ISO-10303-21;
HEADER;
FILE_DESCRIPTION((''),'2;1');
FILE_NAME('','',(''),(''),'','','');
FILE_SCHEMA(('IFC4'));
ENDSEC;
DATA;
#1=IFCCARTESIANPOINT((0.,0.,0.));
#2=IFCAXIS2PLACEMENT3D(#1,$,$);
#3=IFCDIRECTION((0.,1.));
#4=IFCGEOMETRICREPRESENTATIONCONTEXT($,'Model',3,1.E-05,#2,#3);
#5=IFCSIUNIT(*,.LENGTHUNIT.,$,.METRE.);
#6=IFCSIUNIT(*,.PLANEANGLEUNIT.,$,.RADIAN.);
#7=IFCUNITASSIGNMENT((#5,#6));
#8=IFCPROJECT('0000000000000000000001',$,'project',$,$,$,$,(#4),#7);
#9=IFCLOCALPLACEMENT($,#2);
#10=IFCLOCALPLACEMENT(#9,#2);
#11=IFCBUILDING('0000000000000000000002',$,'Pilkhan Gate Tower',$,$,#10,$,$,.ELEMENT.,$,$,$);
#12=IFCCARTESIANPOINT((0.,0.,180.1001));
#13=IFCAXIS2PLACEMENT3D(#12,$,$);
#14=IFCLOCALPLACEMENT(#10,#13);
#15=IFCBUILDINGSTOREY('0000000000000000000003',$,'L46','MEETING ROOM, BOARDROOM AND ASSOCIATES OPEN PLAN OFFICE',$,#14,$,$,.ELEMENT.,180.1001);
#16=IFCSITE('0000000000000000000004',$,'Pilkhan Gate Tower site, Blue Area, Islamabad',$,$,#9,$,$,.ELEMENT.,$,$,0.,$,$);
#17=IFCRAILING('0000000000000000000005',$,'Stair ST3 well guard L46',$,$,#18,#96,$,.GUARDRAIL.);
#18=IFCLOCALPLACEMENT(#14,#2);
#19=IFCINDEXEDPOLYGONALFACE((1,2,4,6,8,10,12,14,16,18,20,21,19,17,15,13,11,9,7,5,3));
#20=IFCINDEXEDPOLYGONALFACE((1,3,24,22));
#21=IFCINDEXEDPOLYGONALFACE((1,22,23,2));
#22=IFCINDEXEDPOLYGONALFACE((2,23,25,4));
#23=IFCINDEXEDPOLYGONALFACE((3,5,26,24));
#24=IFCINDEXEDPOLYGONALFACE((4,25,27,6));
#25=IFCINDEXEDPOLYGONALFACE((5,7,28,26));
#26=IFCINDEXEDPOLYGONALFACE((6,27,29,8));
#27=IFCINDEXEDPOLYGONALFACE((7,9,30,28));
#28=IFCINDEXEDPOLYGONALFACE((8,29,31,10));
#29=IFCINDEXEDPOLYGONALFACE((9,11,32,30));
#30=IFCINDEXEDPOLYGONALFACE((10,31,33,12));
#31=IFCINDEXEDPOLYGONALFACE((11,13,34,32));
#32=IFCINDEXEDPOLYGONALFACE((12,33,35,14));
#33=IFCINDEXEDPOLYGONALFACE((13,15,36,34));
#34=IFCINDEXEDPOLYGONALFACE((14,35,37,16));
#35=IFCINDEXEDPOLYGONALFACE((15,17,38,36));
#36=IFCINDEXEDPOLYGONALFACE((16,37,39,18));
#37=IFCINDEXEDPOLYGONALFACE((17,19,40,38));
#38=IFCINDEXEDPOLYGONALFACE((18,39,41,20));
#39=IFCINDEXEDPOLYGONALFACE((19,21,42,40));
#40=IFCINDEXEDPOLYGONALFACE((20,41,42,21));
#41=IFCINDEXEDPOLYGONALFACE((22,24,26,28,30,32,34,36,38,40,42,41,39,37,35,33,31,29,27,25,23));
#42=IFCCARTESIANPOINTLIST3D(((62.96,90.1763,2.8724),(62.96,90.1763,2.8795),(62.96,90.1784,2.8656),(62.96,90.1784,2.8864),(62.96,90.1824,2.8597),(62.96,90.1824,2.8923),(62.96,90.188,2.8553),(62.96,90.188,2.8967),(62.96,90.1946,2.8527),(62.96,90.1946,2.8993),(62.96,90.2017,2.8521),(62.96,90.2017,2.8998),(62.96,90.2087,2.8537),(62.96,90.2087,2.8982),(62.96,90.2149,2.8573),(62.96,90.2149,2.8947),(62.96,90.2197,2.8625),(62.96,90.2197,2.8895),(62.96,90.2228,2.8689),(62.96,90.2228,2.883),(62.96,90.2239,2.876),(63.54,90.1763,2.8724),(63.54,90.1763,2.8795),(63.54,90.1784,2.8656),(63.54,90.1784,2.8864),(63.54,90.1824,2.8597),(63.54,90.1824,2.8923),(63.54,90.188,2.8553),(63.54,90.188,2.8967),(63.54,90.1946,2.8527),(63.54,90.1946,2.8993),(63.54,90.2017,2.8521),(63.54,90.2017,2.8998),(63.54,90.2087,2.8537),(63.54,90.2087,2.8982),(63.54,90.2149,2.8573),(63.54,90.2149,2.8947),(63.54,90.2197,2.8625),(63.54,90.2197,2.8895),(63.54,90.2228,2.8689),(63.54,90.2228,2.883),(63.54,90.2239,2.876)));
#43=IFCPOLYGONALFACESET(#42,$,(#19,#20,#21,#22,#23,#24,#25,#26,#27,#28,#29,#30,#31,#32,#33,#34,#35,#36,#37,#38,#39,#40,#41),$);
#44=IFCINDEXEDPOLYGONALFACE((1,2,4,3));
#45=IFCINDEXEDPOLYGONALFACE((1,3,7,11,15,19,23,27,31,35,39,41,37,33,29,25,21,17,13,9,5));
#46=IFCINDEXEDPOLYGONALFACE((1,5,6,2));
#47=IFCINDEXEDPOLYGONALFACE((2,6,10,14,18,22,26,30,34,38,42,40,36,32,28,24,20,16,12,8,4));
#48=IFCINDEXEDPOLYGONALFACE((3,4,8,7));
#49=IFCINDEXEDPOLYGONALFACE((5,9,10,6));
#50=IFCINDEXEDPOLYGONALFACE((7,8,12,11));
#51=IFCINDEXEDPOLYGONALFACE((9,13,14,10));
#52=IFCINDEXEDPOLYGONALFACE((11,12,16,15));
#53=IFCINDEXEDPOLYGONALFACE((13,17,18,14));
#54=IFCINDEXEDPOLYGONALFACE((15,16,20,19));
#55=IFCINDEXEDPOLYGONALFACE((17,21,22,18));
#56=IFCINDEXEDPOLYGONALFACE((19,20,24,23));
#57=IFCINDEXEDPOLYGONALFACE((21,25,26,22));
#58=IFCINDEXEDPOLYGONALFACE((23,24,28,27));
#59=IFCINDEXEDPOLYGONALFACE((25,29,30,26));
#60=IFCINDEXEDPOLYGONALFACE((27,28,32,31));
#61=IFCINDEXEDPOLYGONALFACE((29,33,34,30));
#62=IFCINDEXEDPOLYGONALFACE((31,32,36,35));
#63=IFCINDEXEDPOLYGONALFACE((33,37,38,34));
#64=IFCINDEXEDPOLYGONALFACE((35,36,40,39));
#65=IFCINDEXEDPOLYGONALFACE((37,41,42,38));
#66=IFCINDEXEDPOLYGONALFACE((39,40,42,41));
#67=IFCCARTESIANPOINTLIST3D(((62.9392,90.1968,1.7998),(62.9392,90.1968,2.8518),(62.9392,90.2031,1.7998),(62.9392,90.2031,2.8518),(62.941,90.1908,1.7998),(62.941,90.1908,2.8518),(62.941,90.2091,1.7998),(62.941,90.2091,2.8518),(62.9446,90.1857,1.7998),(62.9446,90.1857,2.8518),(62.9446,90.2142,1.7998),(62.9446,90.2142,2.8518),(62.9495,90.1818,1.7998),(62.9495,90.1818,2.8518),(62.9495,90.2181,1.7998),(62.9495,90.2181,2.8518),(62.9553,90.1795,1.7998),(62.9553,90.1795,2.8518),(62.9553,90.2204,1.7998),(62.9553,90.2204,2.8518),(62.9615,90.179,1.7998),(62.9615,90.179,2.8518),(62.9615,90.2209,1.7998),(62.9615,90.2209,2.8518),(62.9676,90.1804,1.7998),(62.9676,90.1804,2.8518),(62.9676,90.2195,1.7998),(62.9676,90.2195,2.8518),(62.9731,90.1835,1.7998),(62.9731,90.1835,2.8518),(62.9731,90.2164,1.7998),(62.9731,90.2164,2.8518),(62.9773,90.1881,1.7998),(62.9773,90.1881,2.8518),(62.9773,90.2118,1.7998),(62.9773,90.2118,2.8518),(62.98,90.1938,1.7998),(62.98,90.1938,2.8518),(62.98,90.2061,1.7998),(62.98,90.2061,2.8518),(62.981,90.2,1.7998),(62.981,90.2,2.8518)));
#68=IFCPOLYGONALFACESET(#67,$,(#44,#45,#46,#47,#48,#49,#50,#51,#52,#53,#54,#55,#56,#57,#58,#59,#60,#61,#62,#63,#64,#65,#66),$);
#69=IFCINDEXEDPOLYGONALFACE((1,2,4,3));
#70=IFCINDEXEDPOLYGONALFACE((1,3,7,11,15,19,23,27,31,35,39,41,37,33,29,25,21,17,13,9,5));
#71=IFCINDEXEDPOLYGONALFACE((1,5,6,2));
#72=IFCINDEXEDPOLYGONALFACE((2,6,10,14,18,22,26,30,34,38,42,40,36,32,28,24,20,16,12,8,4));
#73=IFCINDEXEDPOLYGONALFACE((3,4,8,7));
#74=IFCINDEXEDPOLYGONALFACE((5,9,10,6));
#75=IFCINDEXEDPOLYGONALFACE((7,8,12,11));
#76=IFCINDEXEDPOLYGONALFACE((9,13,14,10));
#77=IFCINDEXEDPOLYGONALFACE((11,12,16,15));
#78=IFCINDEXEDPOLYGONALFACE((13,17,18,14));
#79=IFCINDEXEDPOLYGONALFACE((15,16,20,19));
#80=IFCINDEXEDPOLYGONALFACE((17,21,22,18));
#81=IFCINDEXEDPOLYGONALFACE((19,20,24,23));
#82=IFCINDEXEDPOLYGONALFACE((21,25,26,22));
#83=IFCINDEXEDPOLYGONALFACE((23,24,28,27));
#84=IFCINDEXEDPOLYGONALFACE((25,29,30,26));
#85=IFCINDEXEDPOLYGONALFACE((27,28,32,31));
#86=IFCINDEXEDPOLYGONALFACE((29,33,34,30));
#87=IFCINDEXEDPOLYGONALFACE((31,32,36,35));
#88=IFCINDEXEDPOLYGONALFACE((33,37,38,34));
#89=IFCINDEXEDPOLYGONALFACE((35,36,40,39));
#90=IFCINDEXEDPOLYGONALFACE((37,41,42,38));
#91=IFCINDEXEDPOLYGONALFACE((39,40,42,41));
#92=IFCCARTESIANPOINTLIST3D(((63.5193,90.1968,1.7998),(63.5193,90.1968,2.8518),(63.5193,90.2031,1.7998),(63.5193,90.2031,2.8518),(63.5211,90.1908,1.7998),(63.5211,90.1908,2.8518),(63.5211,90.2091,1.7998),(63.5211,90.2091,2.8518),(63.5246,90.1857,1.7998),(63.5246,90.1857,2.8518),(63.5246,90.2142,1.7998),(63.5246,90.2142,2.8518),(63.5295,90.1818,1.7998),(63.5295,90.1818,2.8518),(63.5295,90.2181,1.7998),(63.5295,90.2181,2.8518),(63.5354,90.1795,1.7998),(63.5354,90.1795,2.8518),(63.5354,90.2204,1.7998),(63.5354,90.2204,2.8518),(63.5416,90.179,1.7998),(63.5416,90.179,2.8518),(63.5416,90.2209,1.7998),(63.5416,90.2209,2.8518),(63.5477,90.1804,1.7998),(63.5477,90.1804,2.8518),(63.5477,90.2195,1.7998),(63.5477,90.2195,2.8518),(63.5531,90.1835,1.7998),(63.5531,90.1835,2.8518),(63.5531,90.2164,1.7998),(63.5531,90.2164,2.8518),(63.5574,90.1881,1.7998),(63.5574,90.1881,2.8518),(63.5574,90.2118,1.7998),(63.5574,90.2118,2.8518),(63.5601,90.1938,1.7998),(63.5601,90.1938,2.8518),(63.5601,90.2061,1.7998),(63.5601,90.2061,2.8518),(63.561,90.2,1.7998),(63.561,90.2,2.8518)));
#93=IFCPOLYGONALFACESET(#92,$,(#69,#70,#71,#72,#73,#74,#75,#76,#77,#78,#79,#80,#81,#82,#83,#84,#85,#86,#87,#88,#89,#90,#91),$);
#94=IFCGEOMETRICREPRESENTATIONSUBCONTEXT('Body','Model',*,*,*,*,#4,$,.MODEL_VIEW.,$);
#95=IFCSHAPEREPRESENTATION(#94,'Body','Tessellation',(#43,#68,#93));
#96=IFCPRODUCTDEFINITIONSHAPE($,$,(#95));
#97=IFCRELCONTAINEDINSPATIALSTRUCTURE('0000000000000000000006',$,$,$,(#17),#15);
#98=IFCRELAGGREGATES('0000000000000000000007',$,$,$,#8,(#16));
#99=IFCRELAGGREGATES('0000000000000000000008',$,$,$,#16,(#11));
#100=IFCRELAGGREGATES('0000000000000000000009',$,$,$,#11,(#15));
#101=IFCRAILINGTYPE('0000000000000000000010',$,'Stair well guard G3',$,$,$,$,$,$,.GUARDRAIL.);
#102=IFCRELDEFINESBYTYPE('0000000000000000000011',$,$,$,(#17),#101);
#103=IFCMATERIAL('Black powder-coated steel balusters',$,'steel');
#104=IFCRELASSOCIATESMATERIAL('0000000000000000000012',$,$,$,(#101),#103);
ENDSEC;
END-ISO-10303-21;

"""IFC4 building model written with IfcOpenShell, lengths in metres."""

from ifc_helpers import new_model, si_unit, direction, frame, origin, origin_2d, place, context, subcontext, project, spatial, circle, extrude, material, type_object, element, save


model = new_model("IFC4")

# Units and contexts
model_context = context("Model", 3, precision=1e-05, world=origin(), true_north=direction((0.0, 1.0)))
body_context = subcontext(model_context, "Body", "Model", "MODEL_VIEW")
ifc_project = project(units=[si_unit("LENGTHUNIT", "METRE"), si_unit("PLANEANGLEUNIT", "RADIAN")], contexts=[model_context])

# Site, building, storey
site_placement = place(None, origin())
site = spatial("IfcSite", under=ifc_project, at=site_placement, Name="Pilkhan Gate Tower site, Blue Area, Islamabad", CompositionType="ELEMENT", RefElevation=0.0)
building_placement = place(site_placement, origin())
building = spatial("IfcBuilding", under=site, at=building_placement, Name="Pilkhan Gate Tower", CompositionType="ELEMENT")
storey_placement = place(building_placement, frame((0.0, 0.0, 180.1001)))
storey = spatial("IfcBuildingStorey", under=building, at=storey_placement, Name="L46", Description="MEETING ROOM, BOARDROOM AND ASSOCIATES OPEN PLAN OFFICE", CompositionType="ELEMENT", Elevation=180.1001)

# Railing
ifc_material_1 = material(Name="Black powder-coated steel balusters", Category="steel")
railing_type_1 = type_object("IfcRailingType", Name="Stair well guard G3", PredefinedType="GUARDRAIL", material=ifc_material_1)
for number, where, name in (
    (1, (62.96, 90.2, 1.7998), "Stair ST3 well guard L46"),
):
    element("IfcRailing", number, at=place(storey_placement, frame(where)), inside=storey, type_object=railing_type_1, Name=name, PredefinedType="GUARDRAIL", context=body_context, shape_type="SweptSolid", body=[
        extrude(circle(Radius=0.0239, at=origin_2d()), frame((0.0, 0.0, 1.0762), z_axis=(1.0, 0.0, 0.0), x_axis=(0.0, 1.0, 0.0)), (0.0, 0.0, 1.0), 0.5801),
        extrude(circle(Radius=0.021, at=origin_2d()), origin(), (0.0, 0.0, 1.0), 1.052),
        extrude(circle(Radius=0.021, at=origin_2d()), frame((0.5801, 0.0, 0.0)), (0.0, 0.0, 1.0), 1.052),
    ])

save(model, "model.ifc")
